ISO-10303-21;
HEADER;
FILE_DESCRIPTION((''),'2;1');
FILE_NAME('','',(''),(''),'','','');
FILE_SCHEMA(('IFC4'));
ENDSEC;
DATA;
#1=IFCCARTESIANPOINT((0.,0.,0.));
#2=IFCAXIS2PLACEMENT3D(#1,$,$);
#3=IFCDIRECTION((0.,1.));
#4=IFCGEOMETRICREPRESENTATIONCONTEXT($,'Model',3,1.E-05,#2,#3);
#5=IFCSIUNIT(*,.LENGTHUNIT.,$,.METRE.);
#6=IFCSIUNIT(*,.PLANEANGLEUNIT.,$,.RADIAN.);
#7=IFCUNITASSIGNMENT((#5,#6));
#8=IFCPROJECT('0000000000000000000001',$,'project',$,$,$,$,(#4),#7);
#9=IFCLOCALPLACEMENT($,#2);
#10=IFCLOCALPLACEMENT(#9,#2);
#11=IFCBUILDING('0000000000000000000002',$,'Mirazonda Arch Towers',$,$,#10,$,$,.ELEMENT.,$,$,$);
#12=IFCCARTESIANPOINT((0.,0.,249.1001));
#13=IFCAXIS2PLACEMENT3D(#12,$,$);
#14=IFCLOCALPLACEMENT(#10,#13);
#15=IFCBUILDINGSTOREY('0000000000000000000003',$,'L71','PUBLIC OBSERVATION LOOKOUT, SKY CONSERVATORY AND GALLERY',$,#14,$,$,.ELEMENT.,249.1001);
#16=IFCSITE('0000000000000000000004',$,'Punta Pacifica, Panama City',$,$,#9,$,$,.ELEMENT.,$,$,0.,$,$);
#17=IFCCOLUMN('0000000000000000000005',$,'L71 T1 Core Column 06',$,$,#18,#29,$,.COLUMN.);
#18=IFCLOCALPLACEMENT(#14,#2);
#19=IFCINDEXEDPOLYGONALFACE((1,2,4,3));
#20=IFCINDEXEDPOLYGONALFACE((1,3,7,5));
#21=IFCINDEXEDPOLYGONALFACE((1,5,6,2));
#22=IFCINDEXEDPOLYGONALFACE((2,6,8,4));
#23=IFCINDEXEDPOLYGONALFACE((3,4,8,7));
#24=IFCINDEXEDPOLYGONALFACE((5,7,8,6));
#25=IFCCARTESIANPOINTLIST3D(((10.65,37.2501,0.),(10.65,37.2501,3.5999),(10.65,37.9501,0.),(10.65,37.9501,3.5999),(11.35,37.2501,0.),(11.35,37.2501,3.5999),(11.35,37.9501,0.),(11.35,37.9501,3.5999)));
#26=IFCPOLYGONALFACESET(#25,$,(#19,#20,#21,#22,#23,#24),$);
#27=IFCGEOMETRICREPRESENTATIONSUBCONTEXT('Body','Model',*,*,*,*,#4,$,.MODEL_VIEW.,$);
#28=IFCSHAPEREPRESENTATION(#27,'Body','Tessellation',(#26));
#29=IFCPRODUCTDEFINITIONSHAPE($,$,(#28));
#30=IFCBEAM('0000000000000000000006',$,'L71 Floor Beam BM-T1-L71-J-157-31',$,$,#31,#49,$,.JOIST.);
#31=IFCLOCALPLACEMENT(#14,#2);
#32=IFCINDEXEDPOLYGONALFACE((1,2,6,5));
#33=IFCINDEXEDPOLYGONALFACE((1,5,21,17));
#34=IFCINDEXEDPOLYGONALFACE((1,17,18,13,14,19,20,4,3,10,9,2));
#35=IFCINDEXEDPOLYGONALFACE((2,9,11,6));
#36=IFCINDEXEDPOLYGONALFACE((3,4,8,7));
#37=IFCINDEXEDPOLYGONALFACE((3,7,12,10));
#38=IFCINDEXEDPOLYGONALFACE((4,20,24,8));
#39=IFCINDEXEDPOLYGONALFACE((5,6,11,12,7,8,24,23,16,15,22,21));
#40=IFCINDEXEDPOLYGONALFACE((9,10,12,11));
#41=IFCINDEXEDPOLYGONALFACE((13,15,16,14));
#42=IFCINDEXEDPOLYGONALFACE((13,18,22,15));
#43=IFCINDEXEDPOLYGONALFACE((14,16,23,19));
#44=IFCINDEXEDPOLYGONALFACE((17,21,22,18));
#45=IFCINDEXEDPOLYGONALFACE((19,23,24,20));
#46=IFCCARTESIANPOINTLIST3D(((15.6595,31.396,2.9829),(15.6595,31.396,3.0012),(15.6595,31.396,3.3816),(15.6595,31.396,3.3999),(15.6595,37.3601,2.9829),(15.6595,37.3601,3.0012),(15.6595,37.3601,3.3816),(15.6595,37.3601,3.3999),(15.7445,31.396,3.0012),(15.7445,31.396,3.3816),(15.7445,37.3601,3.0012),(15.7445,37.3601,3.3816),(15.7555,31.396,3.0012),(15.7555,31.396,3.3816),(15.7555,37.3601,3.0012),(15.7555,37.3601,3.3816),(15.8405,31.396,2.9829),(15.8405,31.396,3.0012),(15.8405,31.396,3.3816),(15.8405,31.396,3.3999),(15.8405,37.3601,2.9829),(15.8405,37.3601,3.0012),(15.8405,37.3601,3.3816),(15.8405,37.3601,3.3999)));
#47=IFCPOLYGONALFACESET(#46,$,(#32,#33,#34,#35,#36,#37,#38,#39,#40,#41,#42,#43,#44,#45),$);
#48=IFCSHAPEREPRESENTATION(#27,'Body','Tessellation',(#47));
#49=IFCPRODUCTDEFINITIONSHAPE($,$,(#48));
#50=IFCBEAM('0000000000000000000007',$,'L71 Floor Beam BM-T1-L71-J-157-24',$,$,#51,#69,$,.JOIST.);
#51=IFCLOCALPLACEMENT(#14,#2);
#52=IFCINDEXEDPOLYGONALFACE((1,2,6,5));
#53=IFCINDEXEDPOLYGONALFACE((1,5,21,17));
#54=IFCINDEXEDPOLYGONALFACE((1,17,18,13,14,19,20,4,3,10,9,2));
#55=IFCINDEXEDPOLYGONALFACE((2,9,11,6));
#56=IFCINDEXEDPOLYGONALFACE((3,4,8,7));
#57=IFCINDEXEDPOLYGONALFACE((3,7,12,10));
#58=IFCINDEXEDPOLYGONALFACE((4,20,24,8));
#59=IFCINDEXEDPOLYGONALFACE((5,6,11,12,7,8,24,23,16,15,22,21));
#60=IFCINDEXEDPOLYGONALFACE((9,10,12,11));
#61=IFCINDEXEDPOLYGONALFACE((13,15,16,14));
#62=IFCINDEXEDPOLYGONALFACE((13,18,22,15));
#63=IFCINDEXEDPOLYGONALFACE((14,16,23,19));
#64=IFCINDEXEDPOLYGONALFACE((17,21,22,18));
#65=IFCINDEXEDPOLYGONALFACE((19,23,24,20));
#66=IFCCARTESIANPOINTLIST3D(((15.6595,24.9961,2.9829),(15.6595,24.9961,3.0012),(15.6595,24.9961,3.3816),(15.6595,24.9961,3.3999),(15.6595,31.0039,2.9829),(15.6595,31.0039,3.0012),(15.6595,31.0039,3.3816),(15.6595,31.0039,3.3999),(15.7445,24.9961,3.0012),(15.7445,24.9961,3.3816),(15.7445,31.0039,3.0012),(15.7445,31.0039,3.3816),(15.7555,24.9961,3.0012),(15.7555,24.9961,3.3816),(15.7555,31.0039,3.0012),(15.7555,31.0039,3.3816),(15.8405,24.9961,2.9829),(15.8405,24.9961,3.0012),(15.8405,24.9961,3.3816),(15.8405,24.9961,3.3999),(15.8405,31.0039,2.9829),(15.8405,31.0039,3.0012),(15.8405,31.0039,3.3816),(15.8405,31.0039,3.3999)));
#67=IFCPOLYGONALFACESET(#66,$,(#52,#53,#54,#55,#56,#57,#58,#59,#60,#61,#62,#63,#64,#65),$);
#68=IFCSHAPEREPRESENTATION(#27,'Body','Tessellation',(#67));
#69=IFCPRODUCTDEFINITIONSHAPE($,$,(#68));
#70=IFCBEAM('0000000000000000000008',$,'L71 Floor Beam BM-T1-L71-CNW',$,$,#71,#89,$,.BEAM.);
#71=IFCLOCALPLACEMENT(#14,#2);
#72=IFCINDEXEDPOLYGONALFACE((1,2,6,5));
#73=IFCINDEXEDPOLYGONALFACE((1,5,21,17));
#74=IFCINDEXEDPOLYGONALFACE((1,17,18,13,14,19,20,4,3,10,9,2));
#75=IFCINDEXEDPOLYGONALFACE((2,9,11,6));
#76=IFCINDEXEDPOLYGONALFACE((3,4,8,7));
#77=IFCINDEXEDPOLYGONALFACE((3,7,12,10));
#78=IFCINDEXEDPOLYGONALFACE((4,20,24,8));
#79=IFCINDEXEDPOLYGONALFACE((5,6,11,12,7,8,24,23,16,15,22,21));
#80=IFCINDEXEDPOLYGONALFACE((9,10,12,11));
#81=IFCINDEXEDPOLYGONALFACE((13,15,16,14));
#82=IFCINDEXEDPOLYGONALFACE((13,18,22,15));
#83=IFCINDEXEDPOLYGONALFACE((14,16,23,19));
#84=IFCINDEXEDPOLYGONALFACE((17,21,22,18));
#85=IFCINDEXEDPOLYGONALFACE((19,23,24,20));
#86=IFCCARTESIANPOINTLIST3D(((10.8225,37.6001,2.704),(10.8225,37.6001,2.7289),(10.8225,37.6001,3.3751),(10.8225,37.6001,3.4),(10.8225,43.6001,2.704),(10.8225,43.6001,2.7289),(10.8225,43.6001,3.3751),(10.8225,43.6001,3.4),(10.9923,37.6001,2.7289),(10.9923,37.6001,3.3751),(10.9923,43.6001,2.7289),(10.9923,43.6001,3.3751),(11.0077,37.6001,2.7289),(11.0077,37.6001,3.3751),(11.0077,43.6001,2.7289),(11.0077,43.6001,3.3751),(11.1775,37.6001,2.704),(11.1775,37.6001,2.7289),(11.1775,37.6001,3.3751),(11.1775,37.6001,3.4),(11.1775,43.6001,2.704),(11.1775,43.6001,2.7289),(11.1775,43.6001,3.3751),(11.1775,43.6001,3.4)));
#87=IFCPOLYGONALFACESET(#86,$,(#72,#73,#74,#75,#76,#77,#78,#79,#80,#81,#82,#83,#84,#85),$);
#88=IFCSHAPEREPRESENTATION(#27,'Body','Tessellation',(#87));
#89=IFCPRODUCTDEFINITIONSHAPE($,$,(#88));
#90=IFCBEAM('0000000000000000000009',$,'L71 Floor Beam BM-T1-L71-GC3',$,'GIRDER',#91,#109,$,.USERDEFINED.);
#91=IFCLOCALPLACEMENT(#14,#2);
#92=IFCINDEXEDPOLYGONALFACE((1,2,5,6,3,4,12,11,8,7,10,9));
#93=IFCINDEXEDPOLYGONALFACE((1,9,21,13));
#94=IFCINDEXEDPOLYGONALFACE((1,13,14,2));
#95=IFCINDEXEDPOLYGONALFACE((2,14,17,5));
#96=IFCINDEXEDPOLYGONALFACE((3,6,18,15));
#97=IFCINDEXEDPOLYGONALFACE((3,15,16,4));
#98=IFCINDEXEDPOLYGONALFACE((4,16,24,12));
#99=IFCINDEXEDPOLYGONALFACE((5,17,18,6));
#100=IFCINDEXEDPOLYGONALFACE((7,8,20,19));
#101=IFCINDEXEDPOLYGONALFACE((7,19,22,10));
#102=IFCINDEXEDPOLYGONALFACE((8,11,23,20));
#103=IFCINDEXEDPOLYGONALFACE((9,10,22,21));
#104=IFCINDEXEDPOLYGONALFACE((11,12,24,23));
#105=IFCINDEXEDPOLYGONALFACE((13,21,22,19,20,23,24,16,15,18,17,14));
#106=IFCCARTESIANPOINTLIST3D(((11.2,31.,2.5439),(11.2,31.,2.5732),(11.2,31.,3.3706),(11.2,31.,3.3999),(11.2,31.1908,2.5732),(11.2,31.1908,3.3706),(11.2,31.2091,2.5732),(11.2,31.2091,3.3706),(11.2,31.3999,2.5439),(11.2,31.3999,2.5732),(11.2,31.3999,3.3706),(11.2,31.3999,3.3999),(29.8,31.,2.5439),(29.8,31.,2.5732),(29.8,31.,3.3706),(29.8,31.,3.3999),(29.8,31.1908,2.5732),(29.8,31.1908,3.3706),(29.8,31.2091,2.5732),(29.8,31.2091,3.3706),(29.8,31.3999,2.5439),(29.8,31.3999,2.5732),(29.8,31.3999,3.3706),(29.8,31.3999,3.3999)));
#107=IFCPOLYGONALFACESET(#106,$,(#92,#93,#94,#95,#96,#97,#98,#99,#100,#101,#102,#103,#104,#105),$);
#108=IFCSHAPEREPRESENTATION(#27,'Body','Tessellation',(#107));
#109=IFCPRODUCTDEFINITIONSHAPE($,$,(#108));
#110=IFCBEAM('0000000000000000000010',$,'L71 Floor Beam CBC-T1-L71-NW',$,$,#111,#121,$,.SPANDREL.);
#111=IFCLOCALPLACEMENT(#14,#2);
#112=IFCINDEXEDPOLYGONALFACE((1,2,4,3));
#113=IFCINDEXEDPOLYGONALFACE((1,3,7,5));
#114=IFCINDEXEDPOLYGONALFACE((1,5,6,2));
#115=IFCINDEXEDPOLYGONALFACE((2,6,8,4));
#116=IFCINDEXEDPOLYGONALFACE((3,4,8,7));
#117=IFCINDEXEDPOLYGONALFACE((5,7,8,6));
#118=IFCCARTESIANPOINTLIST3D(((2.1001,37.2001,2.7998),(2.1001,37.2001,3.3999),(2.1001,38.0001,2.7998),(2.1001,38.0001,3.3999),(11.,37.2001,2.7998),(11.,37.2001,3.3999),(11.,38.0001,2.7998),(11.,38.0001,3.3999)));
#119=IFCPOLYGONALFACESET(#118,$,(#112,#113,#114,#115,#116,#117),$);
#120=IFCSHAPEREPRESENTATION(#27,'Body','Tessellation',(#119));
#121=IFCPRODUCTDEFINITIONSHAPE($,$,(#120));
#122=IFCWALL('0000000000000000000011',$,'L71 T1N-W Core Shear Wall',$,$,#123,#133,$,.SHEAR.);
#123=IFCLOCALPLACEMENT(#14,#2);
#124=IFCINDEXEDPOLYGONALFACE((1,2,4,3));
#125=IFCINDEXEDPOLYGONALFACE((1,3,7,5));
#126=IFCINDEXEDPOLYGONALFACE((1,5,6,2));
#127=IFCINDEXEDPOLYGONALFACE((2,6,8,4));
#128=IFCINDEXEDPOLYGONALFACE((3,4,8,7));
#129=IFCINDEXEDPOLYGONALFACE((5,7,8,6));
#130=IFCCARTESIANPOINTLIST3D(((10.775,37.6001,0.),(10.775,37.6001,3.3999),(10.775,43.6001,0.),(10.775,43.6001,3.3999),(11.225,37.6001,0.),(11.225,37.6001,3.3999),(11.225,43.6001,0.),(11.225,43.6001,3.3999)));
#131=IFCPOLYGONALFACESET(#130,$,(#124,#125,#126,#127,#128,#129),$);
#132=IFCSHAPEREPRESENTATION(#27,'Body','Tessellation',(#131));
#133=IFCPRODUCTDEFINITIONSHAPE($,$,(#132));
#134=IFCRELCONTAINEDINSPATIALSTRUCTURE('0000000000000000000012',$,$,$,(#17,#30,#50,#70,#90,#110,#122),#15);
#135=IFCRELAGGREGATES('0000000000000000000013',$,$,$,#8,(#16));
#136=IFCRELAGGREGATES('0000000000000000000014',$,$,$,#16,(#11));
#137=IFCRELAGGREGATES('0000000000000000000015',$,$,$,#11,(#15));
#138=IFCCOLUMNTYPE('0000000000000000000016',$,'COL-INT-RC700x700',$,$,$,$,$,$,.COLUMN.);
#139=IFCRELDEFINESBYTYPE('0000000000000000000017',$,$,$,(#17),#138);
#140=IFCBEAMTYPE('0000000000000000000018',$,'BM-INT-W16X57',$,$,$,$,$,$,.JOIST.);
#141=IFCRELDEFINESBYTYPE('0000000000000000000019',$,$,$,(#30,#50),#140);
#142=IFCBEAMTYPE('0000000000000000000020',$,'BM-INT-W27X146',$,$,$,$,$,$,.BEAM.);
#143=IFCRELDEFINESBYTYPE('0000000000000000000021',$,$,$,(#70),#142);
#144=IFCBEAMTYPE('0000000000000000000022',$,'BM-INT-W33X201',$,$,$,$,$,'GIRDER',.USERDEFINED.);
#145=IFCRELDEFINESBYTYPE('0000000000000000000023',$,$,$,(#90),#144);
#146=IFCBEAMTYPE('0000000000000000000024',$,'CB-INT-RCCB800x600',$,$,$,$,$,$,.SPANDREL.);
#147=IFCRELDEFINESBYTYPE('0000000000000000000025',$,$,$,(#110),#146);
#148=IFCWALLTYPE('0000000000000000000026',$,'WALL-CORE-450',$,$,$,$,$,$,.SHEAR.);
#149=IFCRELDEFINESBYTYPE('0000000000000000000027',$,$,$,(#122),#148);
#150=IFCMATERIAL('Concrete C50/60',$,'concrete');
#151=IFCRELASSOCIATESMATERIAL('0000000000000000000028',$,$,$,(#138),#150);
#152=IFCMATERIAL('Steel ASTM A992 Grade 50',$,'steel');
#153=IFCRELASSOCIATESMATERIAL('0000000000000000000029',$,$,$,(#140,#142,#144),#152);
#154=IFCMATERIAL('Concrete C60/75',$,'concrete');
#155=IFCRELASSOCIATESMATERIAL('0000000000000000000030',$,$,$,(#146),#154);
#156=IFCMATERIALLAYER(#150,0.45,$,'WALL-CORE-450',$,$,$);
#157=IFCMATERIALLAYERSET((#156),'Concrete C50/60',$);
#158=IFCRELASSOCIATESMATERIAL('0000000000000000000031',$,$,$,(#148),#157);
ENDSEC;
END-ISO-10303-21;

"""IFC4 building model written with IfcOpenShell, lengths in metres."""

from ifc_helpers import new_model, si_unit, direction, frame, frame_2d, origin, origin_2d, place, context, subcontext, project, spatial, rectangle, i_section, extrude, material, layer, layer_set, material_profile, profile_set, type_object, element, save


model = new_model("IFC4")

# Units and contexts
model_context = context("Model", 3, precision=1e-05, world=origin(), true_north=direction((0.0, 1.0)))
body_context = subcontext(model_context, "Body", "Model", "MODEL_VIEW")
ifc_project = project(units=[si_unit("LENGTHUNIT", "METRE"), si_unit("PLANEANGLEUNIT", "RADIAN")], contexts=[model_context])

# Site, building, storey
site_placement = place(None, origin())
site = spatial("IfcSite", under=ifc_project, at=site_placement, Name="Punta Pacifica, Panama City", CompositionType="ELEMENT", RefElevation=0.0)
building_placement = place(site_placement, origin())
building = spatial("IfcBuilding", under=site, at=building_placement, Name="Mirazonda Arch Towers", CompositionType="ELEMENT")
storey_placement = place(building_placement, frame((0.0, 0.0, 249.1001)))
storey = spatial("IfcBuildingStorey", under=building, at=storey_placement, Name="L71", Description="PUBLIC OBSERVATION LOOKOUT, SKY CONSERVATORY AND GALLERY", CompositionType="ELEMENT", Elevation=249.1001)

# Column
ifc_material_1 = material(Name="Concrete C50/60", Category="concrete")
ifc_material_profile_1 = material_profile(ifc_material_1, rectangle(XDim=0.7, YDim=0.7, at=origin_2d()), Name="RC700x700")
ifc_profile_set_1 = profile_set([ifc_material_profile_1], Name="Concrete C50/60")
column_type = type_object("IfcColumnType", Name="COL-INT-RC700x700", PredefinedType="COLUMN", material=ifc_profile_set_1)
column_placement = place(storey_placement, frame((11.0, 37.6001, 0.0), z_axis=(0.0, 0.0, 1.0), x_axis=(1.0, 0.0, 0.0)))
element("IfcColumn", 1, at=column_placement, inside=storey, type_object=column_type, Name="L71 T1 Core Column 06", PredefinedType="COLUMN", context=body_context, shape_type="SweptSolid", body=[
    extrude(rectangle(XDim=0.7, YDim=0.7, at=origin_2d()), origin(), (0.0, 0.0, 1.0), 3.5999),
])

# Beams
ifc_material_2 = material(Name="Steel ASTM A992 Grade 50", Category="steel")
ifc_material_profile_2 = material_profile(ifc_material_2, i_section(OverallWidth=0.1809, OverallDepth=0.417, WebThickness=0.011, FlangeThickness=0.0183, at=origin_2d()), Name="W16X57")
ifc_profile_set_2 = profile_set([ifc_material_profile_2], Name="Steel ASTM A992 Grade 50")
beam_type_1 = type_object("IfcBeamType", Name="BM-INT-W16X57", PredefinedType="JOIST", material=ifc_profile_set_2)
beam_1_placement = place(storey_placement, frame((15.75, 31.396, 3.1914), z_axis=(0.0, 1.0, 0.0), x_axis=(-1.0, 0.0, 0.0)))
element("IfcBeam", 2, at=beam_1_placement, inside=storey, type_object=beam_type_1, Name="L71 Floor Beam BM-T1-L71-J-157-31", PredefinedType="JOIST", context=body_context, shape_type="SweptSolid", body=[
    extrude(i_section(OverallWidth=0.1809, OverallDepth=0.417, WebThickness=0.011, FlangeThickness=0.0183, at=origin_2d()), origin(), (0.0, 0.0, 1.0), 5.9641),
])
beam_2_placement = place(storey_placement, frame((15.75, 24.9961, 3.1914), z_axis=(0.0, 1.0, 0.0), x_axis=(-1.0, 0.0, 0.0)))
element("IfcBeam", 3, at=beam_2_placement, inside=storey, type_object=beam_type_1, Name="L71 Floor Beam BM-T1-L71-J-157-24", PredefinedType="JOIST", context=body_context, shape_type="SweptSolid", body=[
    extrude(i_section(OverallWidth=0.1809, OverallDepth=0.417, WebThickness=0.011, FlangeThickness=0.0183, at=origin_2d()), origin(), (0.0, 0.0, 1.0), 6.0078),
])
ifc_material_profile_3 = material_profile(ifc_material_2, i_section(OverallWidth=0.355, OverallDepth=0.696, WebThickness=0.0154, FlangeThickness=0.0249, at=origin_2d()), Name="W27X146")
ifc_profile_set_3 = profile_set([ifc_material_profile_3], Name="Steel ASTM A992 Grade 50")
beam_type_2 = type_object("IfcBeamType", Name="BM-INT-W27X146", PredefinedType="BEAM", material=ifc_profile_set_3)
beam_3_placement = place(storey_placement, frame((11.0, 37.6001, 3.052), z_axis=(0.0, 1.0, 0.0), x_axis=(-1.0, 0.0, 0.0)))
element("IfcBeam", 4, at=beam_3_placement, inside=storey, type_object=beam_type_2, Name="L71 Floor Beam BM-T1-L71-CNW", PredefinedType="BEAM", context=body_context, shape_type="SweptSolid", body=[
    extrude(i_section(OverallWidth=0.355, OverallDepth=0.696, WebThickness=0.0154, FlangeThickness=0.0249, at=origin_2d()), origin(), (0.0, 0.0, 1.0), 6.0),
])
ifc_material_profile_4 = material_profile(ifc_material_2, i_section(OverallWidth=0.3999, OverallDepth=0.856, WebThickness=0.0183, FlangeThickness=0.0293, at=origin_2d()), Name="W33X201")
ifc_profile_set_4 = profile_set([ifc_material_profile_4], Name="Steel ASTM A992 Grade 50")
beam_type_3 = type_object("IfcBeamType", Name="BM-INT-W33X201", ElementType="GIRDER", PredefinedType="USERDEFINED", material=ifc_profile_set_4)
beam_4_placement = place(storey_placement, frame((11.2, 31.2, 2.9719), z_axis=(1.0, 0.0, 0.0), x_axis=(0.0, 1.0, 0.0)))
element("IfcBeam", 5, at=beam_4_placement, inside=storey, type_object=beam_type_3, Name="L71 Floor Beam BM-T1-L71-GC3", ObjectType="GIRDER", PredefinedType="USERDEFINED", context=body_context, shape_type="SweptSolid", body=[
    extrude(i_section(OverallWidth=0.3999, OverallDepth=0.856, WebThickness=0.0183, FlangeThickness=0.0293, at=origin_2d()), origin(), (0.0, 0.0, 1.0), 18.6001),
])
ifc_material_3 = material(Name="Concrete C60/75", Category="concrete")
ifc_material_profile_5 = material_profile(ifc_material_3, rectangle(XDim=0.8, YDim=0.6001, at=origin_2d()), Name="RCCB800x600")
ifc_profile_set_5 = profile_set([ifc_material_profile_5], Name="Concrete C60/75")
beam_type_4 = type_object("IfcBeamType", Name="CB-INT-RCCB800x600", PredefinedType="SPANDREL", material=ifc_profile_set_5)
beam_5_placement = place(storey_placement, frame((2.1001, 37.6001, 3.0999), z_axis=(1.0, 0.0, 0.0), x_axis=(0.0, 1.0, 0.0)))
element("IfcBeam", 6, at=beam_5_placement, inside=storey, type_object=beam_type_4, Name="L71 Floor Beam CBC-T1-L71-NW", PredefinedType="SPANDREL", context=body_context, shape_type="SweptSolid", body=[
    extrude(rectangle(XDim=0.8, YDim=0.6001, at=origin_2d()), origin(), (0.0, 0.0, 1.0), 8.8999),
])

# Wall
ifc_layer_1 = layer(ifc_material_1, 0.45, Name="WALL-CORE-450")
ifc_layer_set_1 = layer_set([ifc_layer_1], Name="Concrete C50/60")
wall_type_1 = type_object("IfcWallType", Name="WALL-CORE-450", PredefinedType="SHEAR", material=ifc_layer_set_1)
wall_1_placement = place(storey_placement, frame((11.0, 37.6001, 0.0), z_axis=(0.0, 0.0, 1.0), x_axis=(0.0, 1.0, 0.0)))
element("IfcWall", 7, at=wall_1_placement, inside=storey, type_object=wall_type_1, Name="L71 T1N-W Core Shear Wall", PredefinedType="SHEAR", context=body_context, shape_type="SweptSolid", body=[
    extrude(rectangle(XDim=6.0, YDim=0.45, at=frame_2d((3.0, 0.0))), origin(), (0.0, 0.0, 1.0), 3.3999),
])

save(model, "model.ifc")
